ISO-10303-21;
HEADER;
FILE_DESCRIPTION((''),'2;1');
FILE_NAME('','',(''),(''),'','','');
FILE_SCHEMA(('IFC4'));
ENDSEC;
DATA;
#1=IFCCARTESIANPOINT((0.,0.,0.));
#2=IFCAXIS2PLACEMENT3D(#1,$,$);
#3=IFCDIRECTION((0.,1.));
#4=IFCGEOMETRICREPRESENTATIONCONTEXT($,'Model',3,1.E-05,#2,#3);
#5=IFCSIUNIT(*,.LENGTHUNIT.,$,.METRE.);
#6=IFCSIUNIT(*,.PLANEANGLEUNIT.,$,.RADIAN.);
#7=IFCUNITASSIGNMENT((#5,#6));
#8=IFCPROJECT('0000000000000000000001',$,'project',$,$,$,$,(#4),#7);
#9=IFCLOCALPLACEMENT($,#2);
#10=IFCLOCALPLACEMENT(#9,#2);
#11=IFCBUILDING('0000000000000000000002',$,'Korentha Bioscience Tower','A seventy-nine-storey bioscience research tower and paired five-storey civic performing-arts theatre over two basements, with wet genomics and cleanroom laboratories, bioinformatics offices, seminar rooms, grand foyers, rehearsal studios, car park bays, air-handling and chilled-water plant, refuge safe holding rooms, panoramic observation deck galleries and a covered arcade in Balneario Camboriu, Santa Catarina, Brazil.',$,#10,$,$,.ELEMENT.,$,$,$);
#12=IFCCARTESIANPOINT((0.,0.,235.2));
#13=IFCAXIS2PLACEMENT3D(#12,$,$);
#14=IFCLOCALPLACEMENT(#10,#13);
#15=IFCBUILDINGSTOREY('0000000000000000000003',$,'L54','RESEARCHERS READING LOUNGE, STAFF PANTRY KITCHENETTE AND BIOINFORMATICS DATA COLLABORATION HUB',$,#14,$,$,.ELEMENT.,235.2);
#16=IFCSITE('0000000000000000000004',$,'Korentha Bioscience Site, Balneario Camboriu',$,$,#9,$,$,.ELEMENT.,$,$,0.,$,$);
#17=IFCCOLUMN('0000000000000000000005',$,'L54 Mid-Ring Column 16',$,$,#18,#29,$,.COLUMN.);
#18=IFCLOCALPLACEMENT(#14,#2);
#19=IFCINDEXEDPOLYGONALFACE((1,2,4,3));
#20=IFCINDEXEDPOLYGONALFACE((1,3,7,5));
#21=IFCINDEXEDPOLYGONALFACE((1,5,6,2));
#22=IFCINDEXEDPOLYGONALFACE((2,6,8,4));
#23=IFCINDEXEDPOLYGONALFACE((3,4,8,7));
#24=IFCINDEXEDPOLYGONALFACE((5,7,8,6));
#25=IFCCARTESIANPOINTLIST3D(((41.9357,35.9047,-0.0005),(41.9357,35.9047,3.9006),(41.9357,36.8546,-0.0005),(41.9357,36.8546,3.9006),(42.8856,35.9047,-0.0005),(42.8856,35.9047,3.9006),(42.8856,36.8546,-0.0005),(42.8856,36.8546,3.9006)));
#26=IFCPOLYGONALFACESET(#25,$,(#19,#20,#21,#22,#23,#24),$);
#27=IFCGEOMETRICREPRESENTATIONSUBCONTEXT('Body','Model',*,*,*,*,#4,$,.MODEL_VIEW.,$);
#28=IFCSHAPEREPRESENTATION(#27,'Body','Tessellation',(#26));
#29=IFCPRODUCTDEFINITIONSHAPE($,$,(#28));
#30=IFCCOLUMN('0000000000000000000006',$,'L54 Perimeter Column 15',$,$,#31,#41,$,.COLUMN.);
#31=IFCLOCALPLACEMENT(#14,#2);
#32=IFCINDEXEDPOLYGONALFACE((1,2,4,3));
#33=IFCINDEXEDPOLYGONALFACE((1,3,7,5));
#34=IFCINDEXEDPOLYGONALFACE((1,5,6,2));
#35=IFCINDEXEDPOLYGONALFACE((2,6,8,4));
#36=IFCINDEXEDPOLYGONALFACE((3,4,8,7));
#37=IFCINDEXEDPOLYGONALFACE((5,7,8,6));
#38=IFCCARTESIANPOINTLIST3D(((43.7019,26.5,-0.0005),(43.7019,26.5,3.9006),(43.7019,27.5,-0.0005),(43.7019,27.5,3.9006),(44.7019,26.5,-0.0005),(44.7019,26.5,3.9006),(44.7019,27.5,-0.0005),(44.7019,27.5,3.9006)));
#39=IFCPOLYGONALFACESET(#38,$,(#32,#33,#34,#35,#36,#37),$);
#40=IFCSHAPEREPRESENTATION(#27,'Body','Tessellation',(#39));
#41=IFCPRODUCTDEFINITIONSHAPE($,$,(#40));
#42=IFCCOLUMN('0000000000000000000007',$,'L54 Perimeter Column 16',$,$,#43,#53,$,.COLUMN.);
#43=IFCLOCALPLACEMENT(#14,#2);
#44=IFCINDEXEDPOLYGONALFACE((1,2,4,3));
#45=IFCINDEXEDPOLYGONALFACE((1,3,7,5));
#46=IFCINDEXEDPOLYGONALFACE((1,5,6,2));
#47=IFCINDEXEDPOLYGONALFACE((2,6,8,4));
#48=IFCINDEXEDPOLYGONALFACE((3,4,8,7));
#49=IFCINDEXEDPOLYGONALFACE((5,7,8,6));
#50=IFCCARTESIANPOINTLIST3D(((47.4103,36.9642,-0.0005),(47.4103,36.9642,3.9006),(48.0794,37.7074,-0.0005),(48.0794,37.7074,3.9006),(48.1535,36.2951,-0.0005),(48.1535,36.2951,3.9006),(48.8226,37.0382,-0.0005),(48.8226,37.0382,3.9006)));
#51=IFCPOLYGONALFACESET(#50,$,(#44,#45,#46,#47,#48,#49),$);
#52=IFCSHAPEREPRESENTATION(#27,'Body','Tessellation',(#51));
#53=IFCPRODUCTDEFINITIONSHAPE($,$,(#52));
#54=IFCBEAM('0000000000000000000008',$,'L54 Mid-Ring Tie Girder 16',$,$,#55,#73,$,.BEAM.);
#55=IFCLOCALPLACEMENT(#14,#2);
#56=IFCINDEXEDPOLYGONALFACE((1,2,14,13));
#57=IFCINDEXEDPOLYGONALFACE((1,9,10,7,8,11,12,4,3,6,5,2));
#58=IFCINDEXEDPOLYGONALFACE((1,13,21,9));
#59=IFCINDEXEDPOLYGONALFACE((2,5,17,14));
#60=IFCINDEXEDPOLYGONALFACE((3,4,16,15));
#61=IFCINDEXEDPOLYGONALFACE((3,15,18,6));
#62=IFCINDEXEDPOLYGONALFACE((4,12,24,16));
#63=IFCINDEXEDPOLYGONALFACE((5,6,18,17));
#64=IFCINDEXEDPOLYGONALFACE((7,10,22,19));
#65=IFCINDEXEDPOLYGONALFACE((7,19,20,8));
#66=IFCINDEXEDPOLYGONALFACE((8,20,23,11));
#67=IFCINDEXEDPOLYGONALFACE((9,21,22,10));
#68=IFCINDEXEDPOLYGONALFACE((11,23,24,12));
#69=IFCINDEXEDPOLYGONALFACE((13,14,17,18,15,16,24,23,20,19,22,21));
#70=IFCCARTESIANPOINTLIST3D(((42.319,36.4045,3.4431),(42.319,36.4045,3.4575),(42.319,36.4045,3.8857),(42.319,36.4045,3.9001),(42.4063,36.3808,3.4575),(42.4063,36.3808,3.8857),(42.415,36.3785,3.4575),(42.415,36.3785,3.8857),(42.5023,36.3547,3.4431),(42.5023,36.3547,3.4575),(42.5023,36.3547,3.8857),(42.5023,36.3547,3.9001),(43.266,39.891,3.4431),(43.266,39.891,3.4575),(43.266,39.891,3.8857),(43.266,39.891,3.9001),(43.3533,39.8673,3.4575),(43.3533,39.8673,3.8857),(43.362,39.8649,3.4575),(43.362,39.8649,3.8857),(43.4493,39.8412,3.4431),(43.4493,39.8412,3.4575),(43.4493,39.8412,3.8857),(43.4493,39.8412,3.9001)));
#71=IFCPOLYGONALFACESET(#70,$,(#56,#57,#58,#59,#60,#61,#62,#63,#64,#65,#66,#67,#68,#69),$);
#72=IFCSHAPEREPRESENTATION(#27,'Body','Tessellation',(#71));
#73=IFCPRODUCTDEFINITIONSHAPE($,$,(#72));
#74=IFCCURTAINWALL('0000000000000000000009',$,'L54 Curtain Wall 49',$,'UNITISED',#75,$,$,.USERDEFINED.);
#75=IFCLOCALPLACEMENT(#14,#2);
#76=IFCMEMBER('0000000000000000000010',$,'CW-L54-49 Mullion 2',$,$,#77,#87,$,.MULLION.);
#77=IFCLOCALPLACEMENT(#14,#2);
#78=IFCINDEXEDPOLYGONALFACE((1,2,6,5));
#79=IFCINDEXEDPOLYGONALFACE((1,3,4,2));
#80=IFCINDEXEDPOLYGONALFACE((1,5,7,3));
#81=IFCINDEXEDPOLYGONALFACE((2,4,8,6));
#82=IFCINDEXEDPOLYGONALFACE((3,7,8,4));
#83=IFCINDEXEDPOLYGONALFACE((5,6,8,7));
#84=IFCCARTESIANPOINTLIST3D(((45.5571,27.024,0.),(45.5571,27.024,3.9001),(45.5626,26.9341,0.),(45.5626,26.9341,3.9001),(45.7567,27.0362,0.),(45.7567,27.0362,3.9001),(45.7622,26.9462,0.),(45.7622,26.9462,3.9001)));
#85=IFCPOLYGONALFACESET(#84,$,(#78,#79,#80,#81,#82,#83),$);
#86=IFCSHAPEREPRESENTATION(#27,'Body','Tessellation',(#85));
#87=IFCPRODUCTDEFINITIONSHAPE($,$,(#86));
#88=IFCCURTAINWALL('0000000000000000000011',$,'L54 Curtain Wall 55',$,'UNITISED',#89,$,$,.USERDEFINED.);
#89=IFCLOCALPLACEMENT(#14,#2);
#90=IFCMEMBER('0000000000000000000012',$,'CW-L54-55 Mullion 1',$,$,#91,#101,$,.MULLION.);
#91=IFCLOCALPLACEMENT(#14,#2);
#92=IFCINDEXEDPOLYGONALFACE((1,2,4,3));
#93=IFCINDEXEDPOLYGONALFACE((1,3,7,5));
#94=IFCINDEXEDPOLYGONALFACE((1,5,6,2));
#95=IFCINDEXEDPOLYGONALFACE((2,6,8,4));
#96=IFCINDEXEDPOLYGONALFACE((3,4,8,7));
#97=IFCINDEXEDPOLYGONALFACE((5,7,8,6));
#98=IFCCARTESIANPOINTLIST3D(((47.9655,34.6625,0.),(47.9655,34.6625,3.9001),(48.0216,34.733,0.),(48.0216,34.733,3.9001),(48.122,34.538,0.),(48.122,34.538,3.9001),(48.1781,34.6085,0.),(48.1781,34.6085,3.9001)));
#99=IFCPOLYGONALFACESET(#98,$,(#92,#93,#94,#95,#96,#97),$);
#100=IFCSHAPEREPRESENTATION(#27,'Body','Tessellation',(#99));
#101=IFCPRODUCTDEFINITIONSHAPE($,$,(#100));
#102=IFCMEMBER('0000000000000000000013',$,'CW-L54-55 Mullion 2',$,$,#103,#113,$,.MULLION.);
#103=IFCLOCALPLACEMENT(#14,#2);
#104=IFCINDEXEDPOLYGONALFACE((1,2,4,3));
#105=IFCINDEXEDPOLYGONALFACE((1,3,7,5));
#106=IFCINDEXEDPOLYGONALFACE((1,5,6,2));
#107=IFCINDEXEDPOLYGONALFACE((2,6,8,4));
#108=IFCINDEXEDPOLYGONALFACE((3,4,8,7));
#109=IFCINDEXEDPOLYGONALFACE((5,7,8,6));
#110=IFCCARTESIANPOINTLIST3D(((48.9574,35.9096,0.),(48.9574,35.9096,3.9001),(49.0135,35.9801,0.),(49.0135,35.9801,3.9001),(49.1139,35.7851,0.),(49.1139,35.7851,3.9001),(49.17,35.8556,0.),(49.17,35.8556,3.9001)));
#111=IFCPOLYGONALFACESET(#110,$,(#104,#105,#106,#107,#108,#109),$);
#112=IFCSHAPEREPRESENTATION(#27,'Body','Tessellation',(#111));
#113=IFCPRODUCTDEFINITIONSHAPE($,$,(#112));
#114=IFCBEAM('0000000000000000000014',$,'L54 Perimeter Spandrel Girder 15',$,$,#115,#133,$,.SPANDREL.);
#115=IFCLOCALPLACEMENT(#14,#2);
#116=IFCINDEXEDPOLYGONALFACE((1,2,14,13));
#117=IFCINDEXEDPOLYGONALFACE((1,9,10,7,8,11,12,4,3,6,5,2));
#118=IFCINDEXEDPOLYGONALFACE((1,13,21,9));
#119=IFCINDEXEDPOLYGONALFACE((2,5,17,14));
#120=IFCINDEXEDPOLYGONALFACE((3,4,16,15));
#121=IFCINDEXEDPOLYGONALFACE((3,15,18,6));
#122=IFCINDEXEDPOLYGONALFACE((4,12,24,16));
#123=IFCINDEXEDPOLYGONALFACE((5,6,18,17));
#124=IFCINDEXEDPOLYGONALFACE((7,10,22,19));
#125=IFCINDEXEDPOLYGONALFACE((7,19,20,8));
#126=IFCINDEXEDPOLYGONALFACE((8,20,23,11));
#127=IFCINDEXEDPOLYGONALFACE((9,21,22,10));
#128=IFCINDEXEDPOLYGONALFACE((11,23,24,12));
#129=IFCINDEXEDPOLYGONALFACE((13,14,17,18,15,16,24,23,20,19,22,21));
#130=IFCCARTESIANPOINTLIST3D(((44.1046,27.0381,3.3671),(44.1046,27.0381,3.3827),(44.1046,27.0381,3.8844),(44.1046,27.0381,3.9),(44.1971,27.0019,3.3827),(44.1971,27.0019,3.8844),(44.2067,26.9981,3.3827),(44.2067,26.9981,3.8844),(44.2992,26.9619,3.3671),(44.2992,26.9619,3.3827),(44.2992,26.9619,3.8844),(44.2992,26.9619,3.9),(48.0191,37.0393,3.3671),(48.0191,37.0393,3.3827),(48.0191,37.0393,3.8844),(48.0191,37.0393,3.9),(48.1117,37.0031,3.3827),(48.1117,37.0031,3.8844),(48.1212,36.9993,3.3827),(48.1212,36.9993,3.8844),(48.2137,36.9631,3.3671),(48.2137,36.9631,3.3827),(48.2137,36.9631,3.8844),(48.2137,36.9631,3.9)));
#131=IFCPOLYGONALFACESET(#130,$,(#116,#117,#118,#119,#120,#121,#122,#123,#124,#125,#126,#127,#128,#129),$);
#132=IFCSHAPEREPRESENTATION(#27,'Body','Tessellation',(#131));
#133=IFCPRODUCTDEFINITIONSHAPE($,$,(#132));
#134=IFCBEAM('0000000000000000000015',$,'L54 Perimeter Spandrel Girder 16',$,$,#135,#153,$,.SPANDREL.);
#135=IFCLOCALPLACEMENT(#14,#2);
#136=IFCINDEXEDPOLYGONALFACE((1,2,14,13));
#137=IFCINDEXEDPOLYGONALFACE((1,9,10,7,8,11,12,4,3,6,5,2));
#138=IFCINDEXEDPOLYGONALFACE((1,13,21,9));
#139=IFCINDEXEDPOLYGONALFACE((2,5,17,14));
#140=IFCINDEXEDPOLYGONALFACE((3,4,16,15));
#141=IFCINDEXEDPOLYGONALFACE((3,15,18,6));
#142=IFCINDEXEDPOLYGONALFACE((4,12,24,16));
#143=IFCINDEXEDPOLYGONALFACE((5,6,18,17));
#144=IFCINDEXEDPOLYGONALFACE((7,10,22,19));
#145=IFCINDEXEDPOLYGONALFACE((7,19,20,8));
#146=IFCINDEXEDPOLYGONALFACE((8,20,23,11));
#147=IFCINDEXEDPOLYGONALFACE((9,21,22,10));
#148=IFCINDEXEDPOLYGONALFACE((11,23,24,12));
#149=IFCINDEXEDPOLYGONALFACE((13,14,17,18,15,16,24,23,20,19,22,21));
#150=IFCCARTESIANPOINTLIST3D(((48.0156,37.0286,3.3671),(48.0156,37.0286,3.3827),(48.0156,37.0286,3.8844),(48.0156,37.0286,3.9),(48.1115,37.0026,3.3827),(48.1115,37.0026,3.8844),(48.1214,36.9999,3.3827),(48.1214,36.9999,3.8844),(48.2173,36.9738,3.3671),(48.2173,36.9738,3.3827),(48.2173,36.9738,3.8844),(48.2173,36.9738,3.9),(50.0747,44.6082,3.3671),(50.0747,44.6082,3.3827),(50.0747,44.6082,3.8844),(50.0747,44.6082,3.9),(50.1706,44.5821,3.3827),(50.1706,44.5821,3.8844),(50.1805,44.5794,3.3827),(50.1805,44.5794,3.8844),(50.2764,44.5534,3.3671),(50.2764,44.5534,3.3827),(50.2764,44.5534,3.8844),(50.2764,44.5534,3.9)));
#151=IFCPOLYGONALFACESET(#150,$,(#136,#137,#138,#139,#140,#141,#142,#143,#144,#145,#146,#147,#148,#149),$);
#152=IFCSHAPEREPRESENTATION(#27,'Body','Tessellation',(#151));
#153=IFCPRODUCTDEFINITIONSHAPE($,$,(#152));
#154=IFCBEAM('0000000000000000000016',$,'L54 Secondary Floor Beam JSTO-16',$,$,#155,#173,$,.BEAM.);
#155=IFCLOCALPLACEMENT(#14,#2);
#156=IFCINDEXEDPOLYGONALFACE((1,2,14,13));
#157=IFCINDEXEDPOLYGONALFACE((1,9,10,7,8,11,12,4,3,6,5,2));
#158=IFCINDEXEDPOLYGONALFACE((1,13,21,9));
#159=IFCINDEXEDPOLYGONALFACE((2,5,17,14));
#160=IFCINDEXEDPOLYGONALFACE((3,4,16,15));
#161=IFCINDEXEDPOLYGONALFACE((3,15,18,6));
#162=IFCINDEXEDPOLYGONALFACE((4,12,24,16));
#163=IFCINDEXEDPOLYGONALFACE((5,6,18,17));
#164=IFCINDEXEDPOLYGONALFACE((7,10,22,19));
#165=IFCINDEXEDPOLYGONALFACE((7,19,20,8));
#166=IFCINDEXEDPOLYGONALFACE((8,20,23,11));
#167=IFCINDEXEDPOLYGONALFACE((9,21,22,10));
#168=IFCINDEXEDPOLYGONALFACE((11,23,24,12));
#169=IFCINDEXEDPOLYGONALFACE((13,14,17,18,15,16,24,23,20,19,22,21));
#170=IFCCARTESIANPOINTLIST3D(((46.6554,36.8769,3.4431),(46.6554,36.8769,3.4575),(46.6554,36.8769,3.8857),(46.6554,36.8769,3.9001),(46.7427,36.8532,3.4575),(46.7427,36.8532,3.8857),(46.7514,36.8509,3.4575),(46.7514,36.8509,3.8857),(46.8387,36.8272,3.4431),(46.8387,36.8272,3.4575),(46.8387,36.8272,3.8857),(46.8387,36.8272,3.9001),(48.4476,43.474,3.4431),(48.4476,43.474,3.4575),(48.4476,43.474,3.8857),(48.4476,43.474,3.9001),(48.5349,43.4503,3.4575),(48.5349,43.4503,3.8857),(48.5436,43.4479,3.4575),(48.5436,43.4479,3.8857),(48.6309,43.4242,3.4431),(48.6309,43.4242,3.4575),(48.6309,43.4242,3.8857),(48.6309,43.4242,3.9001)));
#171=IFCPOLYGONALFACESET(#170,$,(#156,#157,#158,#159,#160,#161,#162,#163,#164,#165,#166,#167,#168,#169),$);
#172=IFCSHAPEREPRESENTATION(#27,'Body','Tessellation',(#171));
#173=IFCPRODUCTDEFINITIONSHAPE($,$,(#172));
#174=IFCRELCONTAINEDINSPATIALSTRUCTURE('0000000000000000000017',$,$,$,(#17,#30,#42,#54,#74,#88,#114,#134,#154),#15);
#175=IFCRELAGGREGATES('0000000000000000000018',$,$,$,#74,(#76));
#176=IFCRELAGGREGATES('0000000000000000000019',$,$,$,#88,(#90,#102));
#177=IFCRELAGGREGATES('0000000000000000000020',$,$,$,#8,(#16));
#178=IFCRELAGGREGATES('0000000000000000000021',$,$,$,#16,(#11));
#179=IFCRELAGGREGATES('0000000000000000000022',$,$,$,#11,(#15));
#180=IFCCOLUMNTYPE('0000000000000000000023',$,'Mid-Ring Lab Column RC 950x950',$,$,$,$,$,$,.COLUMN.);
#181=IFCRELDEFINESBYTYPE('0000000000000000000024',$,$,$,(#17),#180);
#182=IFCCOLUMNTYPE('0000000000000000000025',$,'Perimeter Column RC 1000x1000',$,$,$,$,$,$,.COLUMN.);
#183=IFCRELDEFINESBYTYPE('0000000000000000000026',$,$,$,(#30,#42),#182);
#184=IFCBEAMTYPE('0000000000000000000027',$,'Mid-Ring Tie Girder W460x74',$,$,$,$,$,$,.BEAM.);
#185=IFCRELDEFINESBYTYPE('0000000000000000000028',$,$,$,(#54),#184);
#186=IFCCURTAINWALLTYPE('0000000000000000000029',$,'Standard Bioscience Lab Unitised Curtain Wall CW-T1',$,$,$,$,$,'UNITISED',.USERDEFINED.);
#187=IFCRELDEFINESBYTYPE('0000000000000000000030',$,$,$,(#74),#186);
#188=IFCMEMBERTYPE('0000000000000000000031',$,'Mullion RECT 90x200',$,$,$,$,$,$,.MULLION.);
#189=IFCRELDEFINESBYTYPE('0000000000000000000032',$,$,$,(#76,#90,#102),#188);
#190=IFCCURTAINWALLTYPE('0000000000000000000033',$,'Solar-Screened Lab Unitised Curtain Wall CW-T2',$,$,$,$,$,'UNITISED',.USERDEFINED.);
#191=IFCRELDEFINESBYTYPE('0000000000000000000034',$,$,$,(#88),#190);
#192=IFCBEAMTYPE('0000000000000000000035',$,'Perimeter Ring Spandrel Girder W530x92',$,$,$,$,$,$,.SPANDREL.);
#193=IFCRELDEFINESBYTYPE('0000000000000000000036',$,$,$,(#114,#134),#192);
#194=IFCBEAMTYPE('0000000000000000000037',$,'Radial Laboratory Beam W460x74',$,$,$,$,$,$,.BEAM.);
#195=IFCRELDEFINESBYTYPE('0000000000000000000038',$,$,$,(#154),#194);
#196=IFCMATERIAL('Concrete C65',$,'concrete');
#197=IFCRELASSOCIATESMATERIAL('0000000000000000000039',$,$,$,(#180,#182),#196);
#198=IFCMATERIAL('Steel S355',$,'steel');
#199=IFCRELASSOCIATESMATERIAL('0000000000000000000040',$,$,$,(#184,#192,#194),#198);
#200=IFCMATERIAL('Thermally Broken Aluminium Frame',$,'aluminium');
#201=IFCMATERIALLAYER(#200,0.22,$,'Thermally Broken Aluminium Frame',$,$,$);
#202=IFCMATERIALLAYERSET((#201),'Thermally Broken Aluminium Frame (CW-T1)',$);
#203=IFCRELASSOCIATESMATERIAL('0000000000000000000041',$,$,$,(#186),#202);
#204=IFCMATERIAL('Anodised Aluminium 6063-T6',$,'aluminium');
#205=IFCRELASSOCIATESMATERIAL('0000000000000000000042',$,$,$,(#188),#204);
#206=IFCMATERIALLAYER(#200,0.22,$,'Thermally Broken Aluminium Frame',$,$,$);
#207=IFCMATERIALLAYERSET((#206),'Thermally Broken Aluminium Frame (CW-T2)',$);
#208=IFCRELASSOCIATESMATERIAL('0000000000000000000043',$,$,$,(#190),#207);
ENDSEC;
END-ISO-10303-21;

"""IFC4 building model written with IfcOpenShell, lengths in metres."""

from ifc_helpers import new_model, si_unit, direction, frame, origin, origin_2d, place, context, subcontext, project, spatial, rectangle, i_section, extrude, material, layer, layer_set, material_profile, profile_set, type_object, element, aggregate, save


model = new_model("IFC4")

# Units and contexts
model_context = context("Model", 3, precision=1e-05, world=origin(), true_north=direction((0.0, 1.0)))
body_context = subcontext(model_context, "Body", "Model", "MODEL_VIEW")
ifc_project = project(units=[si_unit("LENGTHUNIT", "METRE"), si_unit("PLANEANGLEUNIT", "RADIAN")], contexts=[model_context])

# Site, building, storey
site_placement = place(None, origin())
site = spatial("IfcSite", under=ifc_project, at=site_placement, Name="Korentha Bioscience Site, Balneario Camboriu", CompositionType="ELEMENT", RefElevation=0.0)
building_placement = place(site_placement, origin())
building = spatial("IfcBuilding", under=site, at=building_placement, Name="Korentha Bioscience Tower", Description="A seventy-nine-storey bioscience research tower and paired five-storey civic performing-arts theatre over two basements, with wet genomics and cleanroom laboratories, bioinformatics offices, seminar rooms, grand foyers, rehearsal studios, car park bays, air-handling and chilled-water plant, refuge safe holding rooms, panoramic observation deck galleries and a covered arcade in Balneario Camboriu, Santa Catarina, Brazil.", CompositionType="ELEMENT")
storey_placement = place(building_placement, frame((0.0, 0.0, 235.2)))
storey = spatial("IfcBuildingStorey", under=building, at=storey_placement, Name="L54", Description="RESEARCHERS READING LOUNGE, STAFF PANTRY KITCHENETTE AND BIOINFORMATICS DATA COLLABORATION HUB", CompositionType="ELEMENT", Elevation=235.2)

# Columns
ifc_material_1 = material(Name="Concrete C65", Category="concrete")
ifc_material_profile_1 = material_profile(ifc_material_1, rectangle(XDim=0.95, YDim=0.95, at=origin_2d()), Name="Concrete C65")
ifc_profile_set_1 = profile_set([ifc_material_profile_1], Name="Concrete C65 (COL-MR09)")
column_type_1 = type_object("IfcColumnType", Name="Mid-Ring Lab Column RC 950x950", PredefinedType="COLUMN", material=ifc_profile_set_1)
column_placement = place(storey_placement, frame((42.4106, 36.3796, -0.0005), z_axis=(0.0, 0.0, 1.0), x_axis=(1.0, 0.0, 0.0)))
element("IfcColumn", 1, at=column_placement, inside=storey, type_object=column_type_1, Name="L54 Mid-Ring Column 16", PredefinedType="COLUMN", context=body_context, shape_type="SweptSolid", body=[
    extrude(rectangle(XDim=0.95, YDim=0.95, at=origin_2d()), origin(), (0.0, 0.0, 1.0), 3.9011),
])
ifc_material_profile_2 = material_profile(ifc_material_1, rectangle(XDim=1.0, YDim=1.0, at=origin_2d()), Name="Concrete C65")
ifc_profile_set_2 = profile_set([ifc_material_profile_2], Name="Concrete C65 (COL-P10)")
column_type_2 = type_object("IfcColumnType", Name="Perimeter Column RC 1000x1000", PredefinedType="COLUMN", material=ifc_profile_set_2)
for number, where, z_axis, x_axis, name in (
    (2, (44.2019, 27.0, -0.0005), (0.0, 0.0, 1.0), (0.0, 1.0, 0.0), "L54 Perimeter Column 15"),
    (3, (48.1165, 37.0012, -0.0005), (0.0, 0.0, 1.0), (0.669131, 0.743145, 0.0), "L54 Perimeter Column 16"),
):
    element("IfcColumn", number, at=place(storey_placement, frame(where, z_axis=z_axis, x_axis=x_axis)), inside=storey, type_object=column_type_2, Name=name, PredefinedType="COLUMN", context=body_context, shape_type="SweptSolid", body=[
        extrude(rectangle(XDim=1.0, YDim=1.0, at=origin_2d()), origin(), (0.0, 0.0, 1.0), 3.9011),
    ])

# Beam
ifc_material_2 = material(Name="Steel S355", Category="steel")
ifc_material_profile_3 = material_profile(ifc_material_2, i_section(OverallWidth=0.1899, OverallDepth=0.457, WebThickness=0.009, FlangeThickness=0.0144, at=origin_2d()), Name="Steel S355")
ifc_profile_set_3 = profile_set([ifc_material_profile_3], Name="Steel S355 (MB-460)")
beam_type_1 = type_object("IfcBeamType", Name="Mid-Ring Tie Girder W460x74", PredefinedType="BEAM", material=ifc_profile_set_3)
beam_1_placement = place(storey_placement, frame((42.4106, 36.3796, 3.6716), z_axis=(0.262122, 0.965035, 0.0), x_axis=(-0.965035, 0.262122, 0.0)))
element("IfcBeam", 4, at=beam_1_placement, inside=storey, type_object=beam_type_1, Name="L54 Mid-Ring Tie Girder 16", PredefinedType="BEAM", context=body_context, shape_type="SweptSolid", body=[
    extrude(i_section(OverallWidth=0.1899, OverallDepth=0.457, WebThickness=0.009, FlangeThickness=0.0144, at=origin_2d()), origin(), (0.0, 0.0, 1.0), 3.6128),
])

# Curtain wall, member
ifc_material_3 = material(Name="Thermally Broken Aluminium Frame", Category="aluminium")
ifc_layer_1 = layer(ifc_material_3, 0.22, Name="Thermally Broken Aluminium Frame")
ifc_layer_set_1 = layer_set([ifc_layer_1], Name="Thermally Broken Aluminium Frame (CW-T1)")
curtain_wall_type_1 = type_object("IfcCurtainWallType", Name="Standard Bioscience Lab Unitised Curtain Wall CW-T1", ElementType="UNITISED", PredefinedType="USERDEFINED", material=ifc_layer_set_1)
curtain_wall_1_placement = place(storey_placement, origin())
curtain_wall_1 = element("IfcCurtainWall", 5, at=curtain_wall_1_placement, inside=storey, type_object=curtain_wall_type_1, Name="L54 Curtain Wall 49", ObjectType="UNITISED", PredefinedType="USERDEFINED")
ifc_material_4 = material(Name="Anodised Aluminium 6063-T6", Category="aluminium")
ifc_material_profile_4 = material_profile(ifc_material_4, rectangle(XDim=0.0901, YDim=0.2, at=origin_2d()), Name="Anodised Aluminium 6063-T6")
ifc_profile_set_4 = profile_set([ifc_material_profile_4], Name="Anodised Aluminium 6063-T6 (CW-MUL)")
member_type_1 = type_object("IfcMemberType", Name="Mullion RECT 90x200", PredefinedType="MULLION", material=ifc_profile_set_4)
member_1_placement = place(storey_placement, frame((45.6597, 26.9851, 0.0), z_axis=(0.0, 0.0, 1.0), x_axis=(-0.060954, 0.998141, 0.0)))
member_1 = element("IfcMember", 6, at=member_1_placement, type_object=member_type_1, Name="CW-L54-49 Mullion 2", PredefinedType="MULLION", context=body_context, shape_type="SweptSolid", body=[
    extrude(rectangle(XDim=0.0901, YDim=0.2, at=origin_2d()), origin(), (0.0, 0.0, 1.0), 3.9001),
])

# Curtain wall, members
ifc_layer_2 = layer(ifc_material_3, 0.22, Name="Thermally Broken Aluminium Frame")
ifc_layer_set_2 = layer_set([ifc_layer_2], Name="Thermally Broken Aluminium Frame (CW-T2)")
curtain_wall_type_2 = type_object("IfcCurtainWallType", Name="Solar-Screened Lab Unitised Curtain Wall CW-T2", ElementType="UNITISED", PredefinedType="USERDEFINED", material=ifc_layer_set_2)
curtain_wall_2_placement = place(storey_placement, origin())
curtain_wall_2 = element("IfcCurtainWall", 7, at=curtain_wall_2_placement, inside=storey, type_object=curtain_wall_type_2, Name="L54 Curtain Wall 55", ObjectType="UNITISED", PredefinedType="USERDEFINED")
member_2_placement = place(storey_placement, frame((48.0718, 34.6355, 0.0), z_axis=(0.0, 0.0, 1.0), x_axis=(0.622512, 0.78261, 0.0)))
member_2 = element("IfcMember", 8, at=member_2_placement, type_object=member_type_1, Name="CW-L54-55 Mullion 1", PredefinedType="MULLION", context=body_context, shape_type="SweptSolid", body=[
    extrude(rectangle(XDim=0.0901, YDim=0.2, at=origin_2d()), origin(), (0.0, 0.0, 1.0), 3.9001),
])
member_3_placement = place(storey_placement, frame((49.0637, 35.8826, 0.0), z_axis=(0.0, 0.0, 1.0), x_axis=(0.622512, 0.78261, 0.0)))
member_3 = element("IfcMember", 9, at=member_3_placement, type_object=member_type_1, Name="CW-L54-55 Mullion 2", PredefinedType="MULLION", context=body_context, shape_type="SweptSolid", body=[
    extrude(rectangle(XDim=0.0901, YDim=0.2, at=origin_2d()), origin(), (0.0, 0.0, 1.0), 3.9001),
])

# Beams
ifc_material_profile_5 = material_profile(ifc_material_2, i_section(OverallWidth=0.209, OverallDepth=0.533, WebThickness=0.0103, FlangeThickness=0.0156, at=origin_2d()), Name="Steel S355")
ifc_profile_set_5 = profile_set([ifc_material_profile_5], Name="Steel S355 (SB-530)")
beam_type_2 = type_object("IfcBeamType", Name="Perimeter Ring Spandrel Girder W530x92", PredefinedType="SPANDREL", material=ifc_profile_set_5)
beam_2_placement = place(storey_placement, frame((44.2019, 27.0, 3.6335), z_axis=(0.364482, 0.93121, 0.0), x_axis=(-0.93121, 0.364482, 0.0)))
element("IfcBeam", 10, at=beam_2_placement, inside=storey, type_object=beam_type_2, Name="L54 Perimeter Spandrel Girder 15", PredefinedType="SPANDREL", context=body_context, shape_type="SweptSolid", body=[
    extrude(i_section(OverallWidth=0.209, OverallDepth=0.533, WebThickness=0.0103, FlangeThickness=0.0156, at=origin_2d()), origin(), (0.0, 0.0, 1.0), 10.74),
])
beam_3_placement = place(storey_placement, frame((48.1165, 37.0012, 3.6335), z_axis=(0.26216, 0.965024, 0.0), x_axis=(-0.965024, 0.26216, 0.0)))
element("IfcBeam", 11, at=beam_3_placement, inside=storey, type_object=beam_type_2, Name="L54 Perimeter Spandrel Girder 16", PredefinedType="SPANDREL", context=body_context, shape_type="SweptSolid", body=[
    extrude(i_section(OverallWidth=0.209, OverallDepth=0.533, WebThickness=0.0103, FlangeThickness=0.0156, at=origin_2d()), origin(), (0.0, 0.0, 1.0), 7.8542),
])
ifc_material_profile_6 = material_profile(ifc_material_2, i_section(OverallWidth=0.1899, OverallDepth=0.457, WebThickness=0.009, FlangeThickness=0.0144, at=origin_2d()), Name="Steel S355")
ifc_profile_set_6 = profile_set([ifc_material_profile_6], Name="Steel S355 (RB-460)")
beam_type_3 = type_object("IfcBeamType", Name="Radial Laboratory Beam W460x74", PredefinedType="BEAM", material=ifc_profile_set_6)
beam_4_placement = place(storey_placement, frame((46.7471, 36.8521, 3.6716), z_axis=(0.262165, 0.965023, 0.0), x_axis=(-0.965023, 0.262165, 0.0)))
element("IfcBeam", 12, at=beam_4_placement, inside=storey, type_object=beam_type_3, Name="L54 Secondary Floor Beam JSTO-16", PredefinedType="BEAM", context=body_context, shape_type="SweptSolid", body=[
    extrude(i_section(OverallWidth=0.1899, OverallDepth=0.457, WebThickness=0.009, FlangeThickness=0.0144, at=origin_2d()), origin(), (0.0, 0.0, 1.0), 6.8362),
])

aggregate(curtain_wall_1, [member_1])
aggregate(curtain_wall_2, [member_2, member_3])

save(model, "model.ifc")
